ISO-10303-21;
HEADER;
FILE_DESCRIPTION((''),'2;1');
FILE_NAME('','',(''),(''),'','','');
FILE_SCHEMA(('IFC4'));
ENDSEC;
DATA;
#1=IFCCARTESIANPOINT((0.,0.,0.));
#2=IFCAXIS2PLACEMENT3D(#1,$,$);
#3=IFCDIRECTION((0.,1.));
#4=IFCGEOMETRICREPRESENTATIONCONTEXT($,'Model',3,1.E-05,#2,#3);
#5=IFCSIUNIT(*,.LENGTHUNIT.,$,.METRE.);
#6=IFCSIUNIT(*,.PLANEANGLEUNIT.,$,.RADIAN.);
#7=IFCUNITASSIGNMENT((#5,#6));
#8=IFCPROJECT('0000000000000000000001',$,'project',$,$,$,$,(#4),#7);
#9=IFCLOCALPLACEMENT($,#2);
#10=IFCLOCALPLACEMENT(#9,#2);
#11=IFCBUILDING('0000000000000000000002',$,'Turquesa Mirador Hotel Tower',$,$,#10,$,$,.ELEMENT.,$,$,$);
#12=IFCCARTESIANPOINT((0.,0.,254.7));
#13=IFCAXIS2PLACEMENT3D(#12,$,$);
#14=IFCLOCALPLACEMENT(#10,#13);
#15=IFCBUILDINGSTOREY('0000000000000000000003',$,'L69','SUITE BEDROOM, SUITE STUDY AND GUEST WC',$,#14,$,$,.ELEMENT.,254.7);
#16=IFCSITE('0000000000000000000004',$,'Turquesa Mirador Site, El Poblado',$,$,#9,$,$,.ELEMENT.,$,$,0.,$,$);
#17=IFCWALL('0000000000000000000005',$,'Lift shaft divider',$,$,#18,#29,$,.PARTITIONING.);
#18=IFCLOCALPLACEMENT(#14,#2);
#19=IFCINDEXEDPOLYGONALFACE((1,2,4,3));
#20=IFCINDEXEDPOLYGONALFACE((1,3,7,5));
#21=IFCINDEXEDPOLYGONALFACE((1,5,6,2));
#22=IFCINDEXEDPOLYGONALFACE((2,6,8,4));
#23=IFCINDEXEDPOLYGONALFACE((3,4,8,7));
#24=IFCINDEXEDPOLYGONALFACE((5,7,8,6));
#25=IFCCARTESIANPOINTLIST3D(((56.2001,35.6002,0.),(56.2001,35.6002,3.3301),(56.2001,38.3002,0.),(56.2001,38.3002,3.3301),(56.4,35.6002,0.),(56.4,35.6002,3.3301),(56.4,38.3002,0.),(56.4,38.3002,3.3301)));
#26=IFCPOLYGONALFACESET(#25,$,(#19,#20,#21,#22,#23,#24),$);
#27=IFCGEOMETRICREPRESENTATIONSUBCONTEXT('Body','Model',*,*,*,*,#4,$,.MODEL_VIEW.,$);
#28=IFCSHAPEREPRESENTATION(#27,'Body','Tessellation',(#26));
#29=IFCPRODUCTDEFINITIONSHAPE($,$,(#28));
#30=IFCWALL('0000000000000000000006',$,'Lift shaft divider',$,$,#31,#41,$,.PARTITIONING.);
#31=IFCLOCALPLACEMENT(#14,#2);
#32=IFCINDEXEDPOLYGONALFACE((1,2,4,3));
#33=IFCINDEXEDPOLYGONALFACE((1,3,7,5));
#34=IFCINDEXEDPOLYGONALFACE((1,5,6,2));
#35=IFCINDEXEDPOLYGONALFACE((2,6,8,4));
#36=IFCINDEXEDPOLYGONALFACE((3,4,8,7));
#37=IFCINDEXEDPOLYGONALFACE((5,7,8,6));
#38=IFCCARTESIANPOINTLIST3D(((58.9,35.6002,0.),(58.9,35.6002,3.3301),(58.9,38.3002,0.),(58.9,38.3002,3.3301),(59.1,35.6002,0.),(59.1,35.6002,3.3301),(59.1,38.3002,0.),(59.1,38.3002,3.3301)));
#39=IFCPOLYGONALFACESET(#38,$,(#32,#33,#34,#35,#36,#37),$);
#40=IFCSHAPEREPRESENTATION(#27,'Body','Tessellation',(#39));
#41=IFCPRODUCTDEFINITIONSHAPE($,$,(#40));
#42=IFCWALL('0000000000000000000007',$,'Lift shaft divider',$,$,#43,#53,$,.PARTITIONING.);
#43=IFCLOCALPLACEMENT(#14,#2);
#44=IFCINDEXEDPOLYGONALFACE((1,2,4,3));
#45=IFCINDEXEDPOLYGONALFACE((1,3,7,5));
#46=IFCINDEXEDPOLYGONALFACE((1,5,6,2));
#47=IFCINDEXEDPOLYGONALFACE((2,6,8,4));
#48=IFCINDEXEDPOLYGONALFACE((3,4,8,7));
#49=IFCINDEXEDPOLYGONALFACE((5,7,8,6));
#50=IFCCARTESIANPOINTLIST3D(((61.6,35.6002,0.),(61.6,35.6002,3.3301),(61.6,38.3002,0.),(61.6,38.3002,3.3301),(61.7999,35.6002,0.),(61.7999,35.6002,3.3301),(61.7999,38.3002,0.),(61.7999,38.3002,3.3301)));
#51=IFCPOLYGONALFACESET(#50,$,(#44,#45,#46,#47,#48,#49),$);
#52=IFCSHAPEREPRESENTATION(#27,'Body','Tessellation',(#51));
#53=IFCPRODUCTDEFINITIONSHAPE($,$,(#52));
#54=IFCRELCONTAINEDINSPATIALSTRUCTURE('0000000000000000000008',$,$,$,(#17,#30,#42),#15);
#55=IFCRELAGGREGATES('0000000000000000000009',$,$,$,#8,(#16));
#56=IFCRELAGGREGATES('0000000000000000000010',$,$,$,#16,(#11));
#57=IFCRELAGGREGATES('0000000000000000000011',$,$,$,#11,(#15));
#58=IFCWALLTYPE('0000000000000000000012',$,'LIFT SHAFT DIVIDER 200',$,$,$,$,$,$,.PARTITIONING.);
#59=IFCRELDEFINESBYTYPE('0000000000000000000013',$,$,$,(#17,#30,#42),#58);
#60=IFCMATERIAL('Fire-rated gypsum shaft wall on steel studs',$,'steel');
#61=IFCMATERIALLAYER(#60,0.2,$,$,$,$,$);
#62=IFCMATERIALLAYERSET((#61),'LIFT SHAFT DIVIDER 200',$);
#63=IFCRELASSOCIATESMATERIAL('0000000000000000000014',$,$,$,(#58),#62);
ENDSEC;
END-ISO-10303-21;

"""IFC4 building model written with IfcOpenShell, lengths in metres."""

from ifc_helpers import new_model, si_unit, direction, frame, frame_2d, origin, place, context, subcontext, project, spatial, rectangle, extrude, material, layer, layer_set, type_object, element, save


model = new_model("IFC4")

# Units and contexts
model_context = context("Model", 3, precision=1e-05, world=origin(), true_north=direction((0.0, 1.0)))
body_context = subcontext(model_context, "Body", "Model", "MODEL_VIEW")
ifc_project = project(units=[si_unit("LENGTHUNIT", "METRE"), si_unit("PLANEANGLEUNIT", "RADIAN")], contexts=[model_context])

# Site, building, storey
site_placement = place(None, origin())
site = spatial("IfcSite", under=ifc_project, at=site_placement, Name="Turquesa Mirador Site, El Poblado", CompositionType="ELEMENT", RefElevation=0.0)
building_placement = place(site_placement, origin())
building = spatial("IfcBuilding", under=site, at=building_placement, Name="Turquesa Mirador Hotel Tower", CompositionType="ELEMENT")
storey_placement = place(building_placement, frame((0.0, 0.0, 254.7)))
storey = spatial("IfcBuildingStorey", under=building, at=storey_placement, Name="L69", Description="SUITE BEDROOM, SUITE STUDY AND GUEST WC", CompositionType="ELEMENT", Elevation=254.7)

# Walls
ifc_material_1 = material(Name="Fire-rated gypsum shaft wall on steel studs", Category="steel")
ifc_layer_1 = layer(ifc_material_1, 0.2)
ifc_layer_set_1 = layer_set([ifc_layer_1], Name="LIFT SHAFT DIVIDER 200")
wall_type_1 = type_object("IfcWallType", Name="LIFT SHAFT DIVIDER 200", PredefinedType="PARTITIONING", material=ifc_layer_set_1)
for number, where, z_axis, x_axis, name in (
    (1, (56.3, 35.6001, 0.0), (0.0, 0.0, 1.0), (0.0, 1.0, 0.0), "Lift shaft divider"),
    (2, (59.0, 35.6001, 0.0), (0.0, 0.0, 1.0), (0.0, 1.0, 0.0), "Lift shaft divider"),
    (3, (61.7, 35.6001, 0.0), (0.0, 0.0, 1.0), (0.0, 1.0, 0.0), "Lift shaft divider"),
):
    element("IfcWall", number, at=place(storey_placement, frame(where, z_axis=z_axis, x_axis=x_axis)), inside=storey, type_object=wall_type_1, Name=name, PredefinedType="PARTITIONING", context=body_context, shape_type="SweptSolid", body=[
        extrude(rectangle(XDim=2.7, YDim=0.2, at=frame_2d((1.3501, 0.0))), origin(), (0.0, 0.0, 1.0), 3.3301),
    ])

save(model, "model.ifc")
